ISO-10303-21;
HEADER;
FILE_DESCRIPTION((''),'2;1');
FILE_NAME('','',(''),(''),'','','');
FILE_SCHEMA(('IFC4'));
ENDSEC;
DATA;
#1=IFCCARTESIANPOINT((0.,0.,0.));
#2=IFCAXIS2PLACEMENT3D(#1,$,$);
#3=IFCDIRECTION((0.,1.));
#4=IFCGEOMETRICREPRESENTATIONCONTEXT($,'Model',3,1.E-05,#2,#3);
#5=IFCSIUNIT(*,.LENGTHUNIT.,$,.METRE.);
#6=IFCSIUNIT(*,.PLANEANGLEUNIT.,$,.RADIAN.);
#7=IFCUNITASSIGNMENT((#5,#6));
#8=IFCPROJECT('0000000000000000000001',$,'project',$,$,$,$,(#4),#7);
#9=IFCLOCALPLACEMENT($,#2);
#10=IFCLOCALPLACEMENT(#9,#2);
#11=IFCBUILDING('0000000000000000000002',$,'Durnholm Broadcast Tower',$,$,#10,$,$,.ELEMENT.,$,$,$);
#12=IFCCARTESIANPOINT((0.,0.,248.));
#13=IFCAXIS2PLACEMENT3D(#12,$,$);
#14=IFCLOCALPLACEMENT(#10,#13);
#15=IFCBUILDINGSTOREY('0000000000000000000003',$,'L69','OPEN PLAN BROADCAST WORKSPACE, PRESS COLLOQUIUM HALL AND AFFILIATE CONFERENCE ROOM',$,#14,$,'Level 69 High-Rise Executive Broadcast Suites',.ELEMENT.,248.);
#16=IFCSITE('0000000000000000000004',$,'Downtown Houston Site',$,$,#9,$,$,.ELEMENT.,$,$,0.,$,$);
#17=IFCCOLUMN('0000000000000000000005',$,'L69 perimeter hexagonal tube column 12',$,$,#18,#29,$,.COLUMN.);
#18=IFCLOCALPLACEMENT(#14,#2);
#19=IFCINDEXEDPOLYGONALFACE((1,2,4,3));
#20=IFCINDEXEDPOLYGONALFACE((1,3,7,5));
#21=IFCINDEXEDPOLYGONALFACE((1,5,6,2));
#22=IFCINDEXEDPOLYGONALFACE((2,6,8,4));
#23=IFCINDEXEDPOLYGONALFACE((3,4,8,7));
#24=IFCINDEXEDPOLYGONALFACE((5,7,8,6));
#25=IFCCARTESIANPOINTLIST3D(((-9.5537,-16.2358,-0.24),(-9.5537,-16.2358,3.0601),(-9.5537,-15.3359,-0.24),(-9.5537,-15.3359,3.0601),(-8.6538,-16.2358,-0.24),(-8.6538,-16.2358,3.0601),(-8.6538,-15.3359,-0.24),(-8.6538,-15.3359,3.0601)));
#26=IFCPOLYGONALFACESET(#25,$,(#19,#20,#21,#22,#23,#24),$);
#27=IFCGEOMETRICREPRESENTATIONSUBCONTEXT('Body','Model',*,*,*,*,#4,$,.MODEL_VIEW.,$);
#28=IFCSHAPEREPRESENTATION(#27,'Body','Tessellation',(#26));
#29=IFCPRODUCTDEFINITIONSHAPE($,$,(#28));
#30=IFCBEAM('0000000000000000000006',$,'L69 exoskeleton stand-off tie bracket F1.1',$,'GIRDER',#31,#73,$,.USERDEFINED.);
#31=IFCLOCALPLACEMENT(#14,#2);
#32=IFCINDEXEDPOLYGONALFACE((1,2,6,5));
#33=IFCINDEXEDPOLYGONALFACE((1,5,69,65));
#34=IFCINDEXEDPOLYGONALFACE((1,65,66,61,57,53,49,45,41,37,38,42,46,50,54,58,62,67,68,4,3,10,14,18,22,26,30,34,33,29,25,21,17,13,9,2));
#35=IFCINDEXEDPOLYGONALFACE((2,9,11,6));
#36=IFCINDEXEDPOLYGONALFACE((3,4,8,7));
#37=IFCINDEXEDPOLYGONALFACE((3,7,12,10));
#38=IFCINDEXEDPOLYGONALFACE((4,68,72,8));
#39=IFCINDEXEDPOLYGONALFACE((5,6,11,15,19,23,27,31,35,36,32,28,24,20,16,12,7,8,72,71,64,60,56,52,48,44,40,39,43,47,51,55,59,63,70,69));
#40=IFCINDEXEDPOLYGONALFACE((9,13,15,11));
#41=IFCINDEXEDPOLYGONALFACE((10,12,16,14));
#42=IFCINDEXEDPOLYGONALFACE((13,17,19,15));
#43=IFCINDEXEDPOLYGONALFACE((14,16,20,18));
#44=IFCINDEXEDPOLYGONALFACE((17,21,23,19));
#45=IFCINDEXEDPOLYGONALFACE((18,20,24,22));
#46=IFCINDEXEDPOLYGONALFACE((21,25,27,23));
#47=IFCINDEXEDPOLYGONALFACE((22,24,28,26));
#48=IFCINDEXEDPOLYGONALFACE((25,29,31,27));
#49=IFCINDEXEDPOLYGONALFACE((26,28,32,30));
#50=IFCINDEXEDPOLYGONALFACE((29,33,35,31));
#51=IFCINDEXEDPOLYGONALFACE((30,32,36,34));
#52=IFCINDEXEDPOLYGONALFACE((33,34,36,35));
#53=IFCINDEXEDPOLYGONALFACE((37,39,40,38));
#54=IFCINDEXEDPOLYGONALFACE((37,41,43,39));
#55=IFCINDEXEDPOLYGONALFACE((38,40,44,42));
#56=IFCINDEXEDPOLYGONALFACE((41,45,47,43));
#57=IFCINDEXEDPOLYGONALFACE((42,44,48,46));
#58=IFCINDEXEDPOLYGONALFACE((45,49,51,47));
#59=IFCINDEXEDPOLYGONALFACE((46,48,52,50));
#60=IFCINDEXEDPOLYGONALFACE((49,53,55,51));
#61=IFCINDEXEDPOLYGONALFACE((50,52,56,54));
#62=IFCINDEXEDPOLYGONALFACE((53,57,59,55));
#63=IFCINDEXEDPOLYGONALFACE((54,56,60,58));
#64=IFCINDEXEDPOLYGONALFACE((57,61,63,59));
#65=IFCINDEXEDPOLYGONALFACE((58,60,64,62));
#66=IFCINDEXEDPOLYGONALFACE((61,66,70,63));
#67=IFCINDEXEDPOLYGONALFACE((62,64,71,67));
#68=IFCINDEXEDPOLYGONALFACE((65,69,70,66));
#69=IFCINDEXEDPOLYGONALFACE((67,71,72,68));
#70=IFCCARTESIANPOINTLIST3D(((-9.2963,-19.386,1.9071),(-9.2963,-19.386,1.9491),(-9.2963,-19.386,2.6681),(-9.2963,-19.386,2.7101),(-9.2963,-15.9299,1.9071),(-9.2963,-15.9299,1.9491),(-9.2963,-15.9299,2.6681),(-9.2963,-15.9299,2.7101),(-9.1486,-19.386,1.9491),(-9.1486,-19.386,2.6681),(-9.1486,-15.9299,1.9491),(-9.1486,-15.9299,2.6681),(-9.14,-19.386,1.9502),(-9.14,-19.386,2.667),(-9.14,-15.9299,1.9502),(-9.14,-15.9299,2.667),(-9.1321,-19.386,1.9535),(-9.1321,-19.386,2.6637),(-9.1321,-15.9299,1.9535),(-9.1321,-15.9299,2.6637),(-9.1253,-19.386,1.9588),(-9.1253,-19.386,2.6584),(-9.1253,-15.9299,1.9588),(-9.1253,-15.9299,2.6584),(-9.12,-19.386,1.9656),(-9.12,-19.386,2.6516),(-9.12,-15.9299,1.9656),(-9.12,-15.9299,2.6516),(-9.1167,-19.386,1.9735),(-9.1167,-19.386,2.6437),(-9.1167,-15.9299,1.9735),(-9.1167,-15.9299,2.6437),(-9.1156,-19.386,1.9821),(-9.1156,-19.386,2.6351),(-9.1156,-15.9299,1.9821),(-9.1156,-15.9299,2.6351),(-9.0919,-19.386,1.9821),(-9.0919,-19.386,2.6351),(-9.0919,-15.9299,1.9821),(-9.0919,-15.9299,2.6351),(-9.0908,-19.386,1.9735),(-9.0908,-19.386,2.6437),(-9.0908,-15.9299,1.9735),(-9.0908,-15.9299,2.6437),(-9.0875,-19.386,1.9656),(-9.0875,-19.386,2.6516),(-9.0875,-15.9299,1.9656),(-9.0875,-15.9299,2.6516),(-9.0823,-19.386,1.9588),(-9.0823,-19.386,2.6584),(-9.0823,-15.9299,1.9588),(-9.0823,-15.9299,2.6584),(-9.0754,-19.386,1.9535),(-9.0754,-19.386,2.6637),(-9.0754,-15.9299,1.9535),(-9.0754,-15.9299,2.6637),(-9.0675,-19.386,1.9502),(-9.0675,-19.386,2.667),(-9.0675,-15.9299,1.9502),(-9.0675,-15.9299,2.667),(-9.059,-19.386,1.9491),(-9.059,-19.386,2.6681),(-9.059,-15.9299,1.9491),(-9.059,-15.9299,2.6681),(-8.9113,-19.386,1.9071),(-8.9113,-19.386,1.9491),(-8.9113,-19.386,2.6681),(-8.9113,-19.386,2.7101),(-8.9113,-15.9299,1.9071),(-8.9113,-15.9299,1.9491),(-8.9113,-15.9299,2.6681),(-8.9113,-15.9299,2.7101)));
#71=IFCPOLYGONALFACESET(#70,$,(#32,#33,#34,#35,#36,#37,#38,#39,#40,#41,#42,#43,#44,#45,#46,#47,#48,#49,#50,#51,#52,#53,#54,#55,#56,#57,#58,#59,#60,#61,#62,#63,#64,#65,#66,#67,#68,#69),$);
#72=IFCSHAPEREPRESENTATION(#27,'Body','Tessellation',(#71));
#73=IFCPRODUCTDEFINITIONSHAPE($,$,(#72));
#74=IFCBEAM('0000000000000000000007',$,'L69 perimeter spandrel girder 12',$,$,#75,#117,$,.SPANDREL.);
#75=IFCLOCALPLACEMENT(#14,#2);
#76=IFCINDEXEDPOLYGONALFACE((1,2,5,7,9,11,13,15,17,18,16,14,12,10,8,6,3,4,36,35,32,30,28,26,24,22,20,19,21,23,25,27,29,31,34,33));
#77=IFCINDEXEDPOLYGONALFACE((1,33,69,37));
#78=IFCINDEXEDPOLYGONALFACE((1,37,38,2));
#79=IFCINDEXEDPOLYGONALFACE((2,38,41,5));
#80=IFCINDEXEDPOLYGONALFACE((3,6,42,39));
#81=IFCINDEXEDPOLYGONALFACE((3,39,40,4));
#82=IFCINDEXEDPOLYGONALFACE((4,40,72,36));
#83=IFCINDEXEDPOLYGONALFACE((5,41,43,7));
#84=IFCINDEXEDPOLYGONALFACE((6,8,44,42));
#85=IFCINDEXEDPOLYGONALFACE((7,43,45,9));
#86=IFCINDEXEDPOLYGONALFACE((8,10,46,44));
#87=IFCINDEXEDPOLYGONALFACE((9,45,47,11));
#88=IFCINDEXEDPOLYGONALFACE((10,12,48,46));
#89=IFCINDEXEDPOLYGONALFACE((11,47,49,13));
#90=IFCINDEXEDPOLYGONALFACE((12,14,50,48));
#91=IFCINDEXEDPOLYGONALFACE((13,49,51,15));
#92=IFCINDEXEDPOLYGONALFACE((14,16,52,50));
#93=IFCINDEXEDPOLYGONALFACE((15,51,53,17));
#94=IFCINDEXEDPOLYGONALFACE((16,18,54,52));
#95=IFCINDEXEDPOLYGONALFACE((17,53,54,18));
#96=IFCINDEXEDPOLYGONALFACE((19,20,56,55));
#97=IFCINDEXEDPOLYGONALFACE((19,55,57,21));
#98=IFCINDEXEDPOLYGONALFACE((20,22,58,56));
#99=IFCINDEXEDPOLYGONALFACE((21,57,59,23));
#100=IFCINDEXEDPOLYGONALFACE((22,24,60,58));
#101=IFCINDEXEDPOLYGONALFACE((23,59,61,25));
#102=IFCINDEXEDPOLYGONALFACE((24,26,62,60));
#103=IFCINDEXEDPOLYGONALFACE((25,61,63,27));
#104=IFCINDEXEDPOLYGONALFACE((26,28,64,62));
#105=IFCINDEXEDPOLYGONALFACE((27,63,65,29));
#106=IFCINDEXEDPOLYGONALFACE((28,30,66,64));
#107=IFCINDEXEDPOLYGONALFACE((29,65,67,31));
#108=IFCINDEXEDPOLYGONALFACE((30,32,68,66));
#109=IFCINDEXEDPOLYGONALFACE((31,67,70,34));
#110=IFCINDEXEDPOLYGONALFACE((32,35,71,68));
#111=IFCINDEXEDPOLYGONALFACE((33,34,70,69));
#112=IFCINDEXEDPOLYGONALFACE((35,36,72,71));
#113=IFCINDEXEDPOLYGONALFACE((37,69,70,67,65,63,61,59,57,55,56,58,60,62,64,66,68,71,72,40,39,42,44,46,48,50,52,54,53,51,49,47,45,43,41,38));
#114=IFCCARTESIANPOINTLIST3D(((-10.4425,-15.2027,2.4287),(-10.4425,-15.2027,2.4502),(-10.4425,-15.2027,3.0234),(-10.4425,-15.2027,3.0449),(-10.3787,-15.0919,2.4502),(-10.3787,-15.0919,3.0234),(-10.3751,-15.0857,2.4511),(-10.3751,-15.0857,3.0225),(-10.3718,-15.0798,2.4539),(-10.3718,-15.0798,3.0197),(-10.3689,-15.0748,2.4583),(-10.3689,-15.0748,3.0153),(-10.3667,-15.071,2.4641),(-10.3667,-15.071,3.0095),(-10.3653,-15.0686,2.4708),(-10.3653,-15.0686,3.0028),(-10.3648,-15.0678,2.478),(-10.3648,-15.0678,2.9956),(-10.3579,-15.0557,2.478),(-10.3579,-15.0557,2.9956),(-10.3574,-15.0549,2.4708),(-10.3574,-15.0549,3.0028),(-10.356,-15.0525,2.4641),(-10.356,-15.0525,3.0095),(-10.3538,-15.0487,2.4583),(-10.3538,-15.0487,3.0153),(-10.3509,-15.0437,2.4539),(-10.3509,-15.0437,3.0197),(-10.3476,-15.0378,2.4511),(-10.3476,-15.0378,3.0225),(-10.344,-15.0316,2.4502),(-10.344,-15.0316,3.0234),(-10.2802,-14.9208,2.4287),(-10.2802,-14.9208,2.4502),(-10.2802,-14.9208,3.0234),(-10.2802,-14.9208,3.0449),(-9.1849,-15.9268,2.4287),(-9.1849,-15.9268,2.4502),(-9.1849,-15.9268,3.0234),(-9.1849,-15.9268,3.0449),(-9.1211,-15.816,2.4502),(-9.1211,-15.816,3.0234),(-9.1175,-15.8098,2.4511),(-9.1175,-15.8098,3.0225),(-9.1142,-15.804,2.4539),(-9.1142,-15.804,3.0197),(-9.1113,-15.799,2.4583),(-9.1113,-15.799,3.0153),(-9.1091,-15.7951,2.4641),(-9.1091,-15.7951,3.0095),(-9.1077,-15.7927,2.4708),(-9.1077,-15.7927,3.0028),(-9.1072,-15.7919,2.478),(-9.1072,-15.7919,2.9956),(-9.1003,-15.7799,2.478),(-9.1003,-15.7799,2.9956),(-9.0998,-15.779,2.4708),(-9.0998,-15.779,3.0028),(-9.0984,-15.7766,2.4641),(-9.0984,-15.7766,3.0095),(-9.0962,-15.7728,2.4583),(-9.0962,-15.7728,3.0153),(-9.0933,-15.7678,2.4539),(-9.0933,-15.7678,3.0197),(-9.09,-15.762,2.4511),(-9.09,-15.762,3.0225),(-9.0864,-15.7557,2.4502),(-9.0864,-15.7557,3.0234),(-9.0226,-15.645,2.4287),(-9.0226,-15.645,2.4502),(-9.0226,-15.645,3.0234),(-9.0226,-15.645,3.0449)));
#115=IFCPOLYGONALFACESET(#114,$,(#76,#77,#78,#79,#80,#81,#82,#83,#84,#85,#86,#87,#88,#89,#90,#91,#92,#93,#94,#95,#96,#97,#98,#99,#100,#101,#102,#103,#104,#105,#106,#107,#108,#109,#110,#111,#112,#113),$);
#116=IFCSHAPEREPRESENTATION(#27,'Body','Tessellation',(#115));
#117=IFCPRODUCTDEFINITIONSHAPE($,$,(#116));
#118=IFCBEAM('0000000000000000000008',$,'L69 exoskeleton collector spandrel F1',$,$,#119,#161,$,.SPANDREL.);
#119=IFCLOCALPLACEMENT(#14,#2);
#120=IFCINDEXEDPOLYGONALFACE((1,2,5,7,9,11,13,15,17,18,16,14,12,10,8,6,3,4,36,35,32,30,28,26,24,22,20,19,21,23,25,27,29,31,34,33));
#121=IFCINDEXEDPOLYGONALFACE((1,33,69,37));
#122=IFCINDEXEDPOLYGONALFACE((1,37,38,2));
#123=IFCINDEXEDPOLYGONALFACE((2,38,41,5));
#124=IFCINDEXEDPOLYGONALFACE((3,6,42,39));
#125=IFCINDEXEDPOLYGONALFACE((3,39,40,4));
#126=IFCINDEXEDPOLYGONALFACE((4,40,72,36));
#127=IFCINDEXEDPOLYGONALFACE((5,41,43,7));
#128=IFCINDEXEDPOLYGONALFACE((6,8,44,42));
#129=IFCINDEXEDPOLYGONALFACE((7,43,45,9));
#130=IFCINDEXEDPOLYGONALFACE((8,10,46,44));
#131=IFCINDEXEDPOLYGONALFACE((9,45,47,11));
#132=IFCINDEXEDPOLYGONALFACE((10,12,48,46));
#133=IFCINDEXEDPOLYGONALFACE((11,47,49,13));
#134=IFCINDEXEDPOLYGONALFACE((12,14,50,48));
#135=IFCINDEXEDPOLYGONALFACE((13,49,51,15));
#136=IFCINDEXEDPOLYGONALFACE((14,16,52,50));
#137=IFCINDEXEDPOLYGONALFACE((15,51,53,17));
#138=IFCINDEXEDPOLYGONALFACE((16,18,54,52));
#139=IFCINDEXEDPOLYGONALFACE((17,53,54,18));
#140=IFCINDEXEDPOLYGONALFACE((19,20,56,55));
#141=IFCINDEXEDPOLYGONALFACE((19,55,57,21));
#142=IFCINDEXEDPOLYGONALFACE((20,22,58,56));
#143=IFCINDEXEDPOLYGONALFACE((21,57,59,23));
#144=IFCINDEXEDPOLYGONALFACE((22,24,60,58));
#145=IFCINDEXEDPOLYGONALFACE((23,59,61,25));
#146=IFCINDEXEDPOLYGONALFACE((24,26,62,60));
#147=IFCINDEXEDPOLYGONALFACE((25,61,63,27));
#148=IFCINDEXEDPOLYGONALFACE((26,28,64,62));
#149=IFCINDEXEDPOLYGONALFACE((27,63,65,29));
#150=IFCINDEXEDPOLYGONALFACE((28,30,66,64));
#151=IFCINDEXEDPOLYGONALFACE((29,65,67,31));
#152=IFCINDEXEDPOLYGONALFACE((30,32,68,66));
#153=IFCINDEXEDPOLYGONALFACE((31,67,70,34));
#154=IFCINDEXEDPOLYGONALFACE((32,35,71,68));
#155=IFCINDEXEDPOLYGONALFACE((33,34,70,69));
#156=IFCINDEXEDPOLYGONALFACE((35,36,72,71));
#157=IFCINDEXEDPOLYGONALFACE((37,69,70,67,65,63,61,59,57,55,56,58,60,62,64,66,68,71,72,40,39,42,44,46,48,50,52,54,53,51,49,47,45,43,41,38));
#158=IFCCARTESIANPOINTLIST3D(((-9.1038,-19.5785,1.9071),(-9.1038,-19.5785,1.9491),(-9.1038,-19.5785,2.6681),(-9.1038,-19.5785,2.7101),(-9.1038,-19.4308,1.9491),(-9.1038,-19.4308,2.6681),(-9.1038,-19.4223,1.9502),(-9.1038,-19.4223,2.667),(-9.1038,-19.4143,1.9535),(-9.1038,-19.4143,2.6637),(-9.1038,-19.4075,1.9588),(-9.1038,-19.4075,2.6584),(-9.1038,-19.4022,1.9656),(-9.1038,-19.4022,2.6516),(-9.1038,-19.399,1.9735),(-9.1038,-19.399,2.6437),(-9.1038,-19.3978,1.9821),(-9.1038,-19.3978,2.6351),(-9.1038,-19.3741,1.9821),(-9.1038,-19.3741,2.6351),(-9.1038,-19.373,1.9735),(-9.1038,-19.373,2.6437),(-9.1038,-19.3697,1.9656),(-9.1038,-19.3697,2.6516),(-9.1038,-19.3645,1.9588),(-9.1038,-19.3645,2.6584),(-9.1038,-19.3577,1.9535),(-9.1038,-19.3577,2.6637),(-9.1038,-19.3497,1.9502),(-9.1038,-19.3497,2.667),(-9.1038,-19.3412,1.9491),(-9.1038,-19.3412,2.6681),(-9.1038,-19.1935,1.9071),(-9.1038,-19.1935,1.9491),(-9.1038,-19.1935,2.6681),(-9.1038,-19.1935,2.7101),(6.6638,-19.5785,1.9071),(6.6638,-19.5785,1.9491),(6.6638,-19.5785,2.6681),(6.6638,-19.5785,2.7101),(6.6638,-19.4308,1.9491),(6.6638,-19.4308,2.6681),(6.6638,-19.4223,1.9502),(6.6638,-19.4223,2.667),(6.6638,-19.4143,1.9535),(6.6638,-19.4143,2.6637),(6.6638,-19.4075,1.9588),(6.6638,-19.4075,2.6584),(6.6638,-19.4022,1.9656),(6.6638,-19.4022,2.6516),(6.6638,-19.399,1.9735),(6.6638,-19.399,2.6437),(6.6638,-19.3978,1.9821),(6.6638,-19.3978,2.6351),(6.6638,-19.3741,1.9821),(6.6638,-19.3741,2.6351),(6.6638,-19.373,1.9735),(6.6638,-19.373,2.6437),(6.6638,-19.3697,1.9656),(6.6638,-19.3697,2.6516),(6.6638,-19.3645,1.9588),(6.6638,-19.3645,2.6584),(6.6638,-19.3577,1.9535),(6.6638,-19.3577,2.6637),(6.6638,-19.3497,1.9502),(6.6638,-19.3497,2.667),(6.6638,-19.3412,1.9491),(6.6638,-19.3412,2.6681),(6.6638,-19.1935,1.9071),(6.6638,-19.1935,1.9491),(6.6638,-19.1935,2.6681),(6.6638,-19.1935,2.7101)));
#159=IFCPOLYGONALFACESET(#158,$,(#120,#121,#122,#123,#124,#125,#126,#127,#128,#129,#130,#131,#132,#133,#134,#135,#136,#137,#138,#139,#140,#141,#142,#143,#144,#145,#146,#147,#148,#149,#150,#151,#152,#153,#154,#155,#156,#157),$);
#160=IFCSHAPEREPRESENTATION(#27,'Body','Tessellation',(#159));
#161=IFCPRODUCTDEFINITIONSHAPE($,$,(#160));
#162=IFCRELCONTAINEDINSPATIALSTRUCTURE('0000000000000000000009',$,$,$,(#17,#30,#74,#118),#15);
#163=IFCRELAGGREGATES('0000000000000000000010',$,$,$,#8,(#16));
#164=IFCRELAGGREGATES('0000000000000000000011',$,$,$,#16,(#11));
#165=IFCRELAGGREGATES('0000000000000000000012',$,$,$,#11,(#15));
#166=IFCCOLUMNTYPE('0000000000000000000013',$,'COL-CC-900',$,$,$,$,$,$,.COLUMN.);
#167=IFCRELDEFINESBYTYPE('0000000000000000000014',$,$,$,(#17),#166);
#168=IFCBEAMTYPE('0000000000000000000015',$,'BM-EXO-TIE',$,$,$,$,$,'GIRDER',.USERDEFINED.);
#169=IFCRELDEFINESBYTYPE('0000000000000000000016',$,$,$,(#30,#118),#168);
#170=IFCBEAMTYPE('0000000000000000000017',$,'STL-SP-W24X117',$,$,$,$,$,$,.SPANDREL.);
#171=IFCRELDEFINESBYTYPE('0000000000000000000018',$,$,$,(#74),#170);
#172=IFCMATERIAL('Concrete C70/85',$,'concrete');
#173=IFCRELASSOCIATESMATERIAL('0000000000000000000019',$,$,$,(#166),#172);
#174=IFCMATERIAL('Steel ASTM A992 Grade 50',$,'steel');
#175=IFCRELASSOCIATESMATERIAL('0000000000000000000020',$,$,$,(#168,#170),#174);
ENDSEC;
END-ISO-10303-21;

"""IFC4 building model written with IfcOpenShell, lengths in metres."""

from ifc_helpers import new_model, si_unit, direction, frame, origin, origin_2d, place, context, subcontext, project, spatial, rectangle, i_section, extrude, source, transform, mapped, material, material_profile, profile_set, type_object, type_shapes, element, save


model = new_model("IFC4")

# Units and contexts
model_context = context("Model", 3, precision=1e-05, world=origin(), true_north=direction((0.0, 1.0)))
body_context = subcontext(model_context, "Body", "Model", "MODEL_VIEW")
ifc_project = project(units=[si_unit("LENGTHUNIT", "METRE"), si_unit("PLANEANGLEUNIT", "RADIAN")], contexts=[model_context])

# Site, building, storey
site_placement = place(None, origin())
site = spatial("IfcSite", under=ifc_project, at=site_placement, Name="Downtown Houston Site", CompositionType="ELEMENT", RefElevation=0.0)
building_placement = place(site_placement, origin())
building = spatial("IfcBuilding", under=site, at=building_placement, Name="Durnholm Broadcast Tower", CompositionType="ELEMENT")
storey_placement = place(building_placement, frame((0.0, 0.0, 248.0)))
storey = spatial("IfcBuildingStorey", under=building, at=storey_placement, Name="L69", Description="OPEN PLAN BROADCAST WORKSPACE, PRESS COLLOQUIUM HALL AND AFFILIATE CONFERENCE ROOM", LongName="Level 69 High-Rise Executive Broadcast Suites", CompositionType="ELEMENT", Elevation=248.0)

# Column
ifc_material_1 = material(Name="Concrete C70/85", Category="concrete")
ifc_material_profile_1 = material_profile(ifc_material_1, rectangle(XDim=0.8999, YDim=0.8999, at=origin_2d()), Name="RC900X900")
ifc_profile_set_1 = profile_set([ifc_material_profile_1], Name="Concrete C70/85")
column_type = type_object("IfcColumnType", Name="COL-CC-900", PredefinedType="COLUMN", material=ifc_profile_set_1)
shared_shape_1 = source(origin(), body_context, "Body", "SweptSolid", [
    extrude(rectangle(XDim=0.8999, YDim=0.8999, at=origin_2d()), origin(), (0.0, 0.0, 1.0), 3.3),
])
type_shapes(column_type, [shared_shape_1])
column_placement = place(storey_placement, frame((-9.1038, -15.7859, -0.24), z_axis=(0.0, 0.0, 1.0), x_axis=(1.0, 0.0, 0.0)))
element("IfcColumn", 1, at=column_placement, inside=storey, type_object=column_type, Name="L69 perimeter hexagonal tube column 12", PredefinedType="COLUMN", context=body_context, shape_type="MappedRepresentation", body=[
    mapped(shared_shape_1, transform((0.0, 0.0, 0.0), x_axis=(1.0, 0.0, 0.0), y_axis=(0.0, 1.0, 0.0), z_axis=(0.0, 0.0, 1.0), scale=1.0)),
])

# Beams
ifc_material_2 = material(Name="Steel ASTM A992 Grade 50", Category="steel")
ifc_material_profile_2 = material_profile(ifc_material_2, i_section(OverallWidth=0.385, OverallDepth=0.803, WebThickness=0.0237, FlangeThickness=0.042, FilletRadius=0.033, at=origin_2d()), Name="W30X261")
ifc_profile_set_2 = profile_set([ifc_material_profile_2], Name="Steel ASTM A992 Grade 50")
beam_type_1 = type_object("IfcBeamType", Name="BM-EXO-TIE", ElementType="GIRDER", PredefinedType="USERDEFINED", material=ifc_profile_set_2)
shared_shape_2 = source(origin(), body_context, "Body", "SweptSolid", [
    extrude(i_section(OverallWidth=0.385, OverallDepth=0.803, WebThickness=0.0237, FlangeThickness=0.042, FilletRadius=0.033, at=origin_2d()), origin(), (0.0, 0.0, 1.0), 3.4561),
])
beam_1_placement = place(storey_placement, frame((-9.1038, -15.9299, 2.3086), z_axis=(0.0, -1.0, 0.0), x_axis=(1.0, 0.0, 0.0)))
element("IfcBeam", 2, at=beam_1_placement, inside=storey, type_object=beam_type_1, Name="L69 exoskeleton stand-off tie bracket F1.1", ObjectType="GIRDER", PredefinedType="USERDEFINED", context=body_context, shape_type="MappedRepresentation", body=[
    mapped(shared_shape_2, transform((0.0, 0.0, 0.0), x_axis=(1.0, 0.0, 0.0), y_axis=(0.0, 1.0, 0.0), z_axis=(0.0, 0.0, 1.0), scale=1.0)),
])
ifc_material_profile_3 = material_profile(ifc_material_2, i_section(OverallWidth=0.3252, OverallDepth=0.6162, WebThickness=0.0139, FlangeThickness=0.0215, FilletRadius=0.0278, at=origin_2d()), Name="W24X117")
ifc_profile_set_3 = profile_set([ifc_material_profile_3], Name="Steel ASTM A992 Grade 50")
beam_type_2 = type_object("IfcBeamType", Name="STL-SP-W24X117", PredefinedType="SPANDREL", material=ifc_profile_set_3)
shared_shape_3 = source(origin(), body_context, "Body", "SweptSolid", [
    extrude(i_section(OverallWidth=0.3252, OverallDepth=0.6162, WebThickness=0.0139, FlangeThickness=0.0215, FilletRadius=0.0278, at=origin_2d()), origin(), (0.0, 0.0, 1.0), 1.4512),
])
type_shapes(beam_type_2, [shared_shape_3])
beam_2_placement = place(storey_placement, frame((-9.1038, -15.7859, 2.7368), z_axis=(-0.866603, 0.498999, 0.0), x_axis=(-0.498999, -0.866603, 0.0)))
element("IfcBeam", 3, at=beam_2_placement, inside=storey, type_object=beam_type_2, Name="L69 perimeter spandrel girder 12", PredefinedType="SPANDREL", context=body_context, shape_type="MappedRepresentation", body=[
    mapped(shared_shape_3, transform((0.0, 0.0, 0.0), x_axis=(1.0, 0.0, 0.0), y_axis=(0.0, 1.0, 0.0), z_axis=(0.0, 0.0, 1.0), scale=1.0)),
])
shared_shape_4 = source(origin(), body_context, "Body", "SweptSolid", [
    extrude(i_section(OverallWidth=0.385, OverallDepth=0.803, WebThickness=0.0237, FlangeThickness=0.042, FilletRadius=0.033, at=origin_2d()), origin(), (0.0, 0.0, 1.0), 15.7676),
])
type_shapes(beam_type_1, [shared_shape_2, shared_shape_4])
beam_3_placement = place(storey_placement, frame((-9.1038, -19.386, 2.3086), z_axis=(1.0, 0.0, 0.0), x_axis=(0.0, 1.0, 0.0)))
element("IfcBeam", 4, at=beam_3_placement, inside=storey, type_object=beam_type_1, Name="L69 exoskeleton collector spandrel F1", PredefinedType="SPANDREL", context=body_context, shape_type="MappedRepresentation", body=[
    mapped(shared_shape_4, transform((0.0, 0.0, 0.0), x_axis=(1.0, 0.0, 0.0), y_axis=(0.0, 1.0, 0.0), z_axis=(0.0, 0.0, 1.0), scale=1.0)),
])

save(model, "model.ifc")
